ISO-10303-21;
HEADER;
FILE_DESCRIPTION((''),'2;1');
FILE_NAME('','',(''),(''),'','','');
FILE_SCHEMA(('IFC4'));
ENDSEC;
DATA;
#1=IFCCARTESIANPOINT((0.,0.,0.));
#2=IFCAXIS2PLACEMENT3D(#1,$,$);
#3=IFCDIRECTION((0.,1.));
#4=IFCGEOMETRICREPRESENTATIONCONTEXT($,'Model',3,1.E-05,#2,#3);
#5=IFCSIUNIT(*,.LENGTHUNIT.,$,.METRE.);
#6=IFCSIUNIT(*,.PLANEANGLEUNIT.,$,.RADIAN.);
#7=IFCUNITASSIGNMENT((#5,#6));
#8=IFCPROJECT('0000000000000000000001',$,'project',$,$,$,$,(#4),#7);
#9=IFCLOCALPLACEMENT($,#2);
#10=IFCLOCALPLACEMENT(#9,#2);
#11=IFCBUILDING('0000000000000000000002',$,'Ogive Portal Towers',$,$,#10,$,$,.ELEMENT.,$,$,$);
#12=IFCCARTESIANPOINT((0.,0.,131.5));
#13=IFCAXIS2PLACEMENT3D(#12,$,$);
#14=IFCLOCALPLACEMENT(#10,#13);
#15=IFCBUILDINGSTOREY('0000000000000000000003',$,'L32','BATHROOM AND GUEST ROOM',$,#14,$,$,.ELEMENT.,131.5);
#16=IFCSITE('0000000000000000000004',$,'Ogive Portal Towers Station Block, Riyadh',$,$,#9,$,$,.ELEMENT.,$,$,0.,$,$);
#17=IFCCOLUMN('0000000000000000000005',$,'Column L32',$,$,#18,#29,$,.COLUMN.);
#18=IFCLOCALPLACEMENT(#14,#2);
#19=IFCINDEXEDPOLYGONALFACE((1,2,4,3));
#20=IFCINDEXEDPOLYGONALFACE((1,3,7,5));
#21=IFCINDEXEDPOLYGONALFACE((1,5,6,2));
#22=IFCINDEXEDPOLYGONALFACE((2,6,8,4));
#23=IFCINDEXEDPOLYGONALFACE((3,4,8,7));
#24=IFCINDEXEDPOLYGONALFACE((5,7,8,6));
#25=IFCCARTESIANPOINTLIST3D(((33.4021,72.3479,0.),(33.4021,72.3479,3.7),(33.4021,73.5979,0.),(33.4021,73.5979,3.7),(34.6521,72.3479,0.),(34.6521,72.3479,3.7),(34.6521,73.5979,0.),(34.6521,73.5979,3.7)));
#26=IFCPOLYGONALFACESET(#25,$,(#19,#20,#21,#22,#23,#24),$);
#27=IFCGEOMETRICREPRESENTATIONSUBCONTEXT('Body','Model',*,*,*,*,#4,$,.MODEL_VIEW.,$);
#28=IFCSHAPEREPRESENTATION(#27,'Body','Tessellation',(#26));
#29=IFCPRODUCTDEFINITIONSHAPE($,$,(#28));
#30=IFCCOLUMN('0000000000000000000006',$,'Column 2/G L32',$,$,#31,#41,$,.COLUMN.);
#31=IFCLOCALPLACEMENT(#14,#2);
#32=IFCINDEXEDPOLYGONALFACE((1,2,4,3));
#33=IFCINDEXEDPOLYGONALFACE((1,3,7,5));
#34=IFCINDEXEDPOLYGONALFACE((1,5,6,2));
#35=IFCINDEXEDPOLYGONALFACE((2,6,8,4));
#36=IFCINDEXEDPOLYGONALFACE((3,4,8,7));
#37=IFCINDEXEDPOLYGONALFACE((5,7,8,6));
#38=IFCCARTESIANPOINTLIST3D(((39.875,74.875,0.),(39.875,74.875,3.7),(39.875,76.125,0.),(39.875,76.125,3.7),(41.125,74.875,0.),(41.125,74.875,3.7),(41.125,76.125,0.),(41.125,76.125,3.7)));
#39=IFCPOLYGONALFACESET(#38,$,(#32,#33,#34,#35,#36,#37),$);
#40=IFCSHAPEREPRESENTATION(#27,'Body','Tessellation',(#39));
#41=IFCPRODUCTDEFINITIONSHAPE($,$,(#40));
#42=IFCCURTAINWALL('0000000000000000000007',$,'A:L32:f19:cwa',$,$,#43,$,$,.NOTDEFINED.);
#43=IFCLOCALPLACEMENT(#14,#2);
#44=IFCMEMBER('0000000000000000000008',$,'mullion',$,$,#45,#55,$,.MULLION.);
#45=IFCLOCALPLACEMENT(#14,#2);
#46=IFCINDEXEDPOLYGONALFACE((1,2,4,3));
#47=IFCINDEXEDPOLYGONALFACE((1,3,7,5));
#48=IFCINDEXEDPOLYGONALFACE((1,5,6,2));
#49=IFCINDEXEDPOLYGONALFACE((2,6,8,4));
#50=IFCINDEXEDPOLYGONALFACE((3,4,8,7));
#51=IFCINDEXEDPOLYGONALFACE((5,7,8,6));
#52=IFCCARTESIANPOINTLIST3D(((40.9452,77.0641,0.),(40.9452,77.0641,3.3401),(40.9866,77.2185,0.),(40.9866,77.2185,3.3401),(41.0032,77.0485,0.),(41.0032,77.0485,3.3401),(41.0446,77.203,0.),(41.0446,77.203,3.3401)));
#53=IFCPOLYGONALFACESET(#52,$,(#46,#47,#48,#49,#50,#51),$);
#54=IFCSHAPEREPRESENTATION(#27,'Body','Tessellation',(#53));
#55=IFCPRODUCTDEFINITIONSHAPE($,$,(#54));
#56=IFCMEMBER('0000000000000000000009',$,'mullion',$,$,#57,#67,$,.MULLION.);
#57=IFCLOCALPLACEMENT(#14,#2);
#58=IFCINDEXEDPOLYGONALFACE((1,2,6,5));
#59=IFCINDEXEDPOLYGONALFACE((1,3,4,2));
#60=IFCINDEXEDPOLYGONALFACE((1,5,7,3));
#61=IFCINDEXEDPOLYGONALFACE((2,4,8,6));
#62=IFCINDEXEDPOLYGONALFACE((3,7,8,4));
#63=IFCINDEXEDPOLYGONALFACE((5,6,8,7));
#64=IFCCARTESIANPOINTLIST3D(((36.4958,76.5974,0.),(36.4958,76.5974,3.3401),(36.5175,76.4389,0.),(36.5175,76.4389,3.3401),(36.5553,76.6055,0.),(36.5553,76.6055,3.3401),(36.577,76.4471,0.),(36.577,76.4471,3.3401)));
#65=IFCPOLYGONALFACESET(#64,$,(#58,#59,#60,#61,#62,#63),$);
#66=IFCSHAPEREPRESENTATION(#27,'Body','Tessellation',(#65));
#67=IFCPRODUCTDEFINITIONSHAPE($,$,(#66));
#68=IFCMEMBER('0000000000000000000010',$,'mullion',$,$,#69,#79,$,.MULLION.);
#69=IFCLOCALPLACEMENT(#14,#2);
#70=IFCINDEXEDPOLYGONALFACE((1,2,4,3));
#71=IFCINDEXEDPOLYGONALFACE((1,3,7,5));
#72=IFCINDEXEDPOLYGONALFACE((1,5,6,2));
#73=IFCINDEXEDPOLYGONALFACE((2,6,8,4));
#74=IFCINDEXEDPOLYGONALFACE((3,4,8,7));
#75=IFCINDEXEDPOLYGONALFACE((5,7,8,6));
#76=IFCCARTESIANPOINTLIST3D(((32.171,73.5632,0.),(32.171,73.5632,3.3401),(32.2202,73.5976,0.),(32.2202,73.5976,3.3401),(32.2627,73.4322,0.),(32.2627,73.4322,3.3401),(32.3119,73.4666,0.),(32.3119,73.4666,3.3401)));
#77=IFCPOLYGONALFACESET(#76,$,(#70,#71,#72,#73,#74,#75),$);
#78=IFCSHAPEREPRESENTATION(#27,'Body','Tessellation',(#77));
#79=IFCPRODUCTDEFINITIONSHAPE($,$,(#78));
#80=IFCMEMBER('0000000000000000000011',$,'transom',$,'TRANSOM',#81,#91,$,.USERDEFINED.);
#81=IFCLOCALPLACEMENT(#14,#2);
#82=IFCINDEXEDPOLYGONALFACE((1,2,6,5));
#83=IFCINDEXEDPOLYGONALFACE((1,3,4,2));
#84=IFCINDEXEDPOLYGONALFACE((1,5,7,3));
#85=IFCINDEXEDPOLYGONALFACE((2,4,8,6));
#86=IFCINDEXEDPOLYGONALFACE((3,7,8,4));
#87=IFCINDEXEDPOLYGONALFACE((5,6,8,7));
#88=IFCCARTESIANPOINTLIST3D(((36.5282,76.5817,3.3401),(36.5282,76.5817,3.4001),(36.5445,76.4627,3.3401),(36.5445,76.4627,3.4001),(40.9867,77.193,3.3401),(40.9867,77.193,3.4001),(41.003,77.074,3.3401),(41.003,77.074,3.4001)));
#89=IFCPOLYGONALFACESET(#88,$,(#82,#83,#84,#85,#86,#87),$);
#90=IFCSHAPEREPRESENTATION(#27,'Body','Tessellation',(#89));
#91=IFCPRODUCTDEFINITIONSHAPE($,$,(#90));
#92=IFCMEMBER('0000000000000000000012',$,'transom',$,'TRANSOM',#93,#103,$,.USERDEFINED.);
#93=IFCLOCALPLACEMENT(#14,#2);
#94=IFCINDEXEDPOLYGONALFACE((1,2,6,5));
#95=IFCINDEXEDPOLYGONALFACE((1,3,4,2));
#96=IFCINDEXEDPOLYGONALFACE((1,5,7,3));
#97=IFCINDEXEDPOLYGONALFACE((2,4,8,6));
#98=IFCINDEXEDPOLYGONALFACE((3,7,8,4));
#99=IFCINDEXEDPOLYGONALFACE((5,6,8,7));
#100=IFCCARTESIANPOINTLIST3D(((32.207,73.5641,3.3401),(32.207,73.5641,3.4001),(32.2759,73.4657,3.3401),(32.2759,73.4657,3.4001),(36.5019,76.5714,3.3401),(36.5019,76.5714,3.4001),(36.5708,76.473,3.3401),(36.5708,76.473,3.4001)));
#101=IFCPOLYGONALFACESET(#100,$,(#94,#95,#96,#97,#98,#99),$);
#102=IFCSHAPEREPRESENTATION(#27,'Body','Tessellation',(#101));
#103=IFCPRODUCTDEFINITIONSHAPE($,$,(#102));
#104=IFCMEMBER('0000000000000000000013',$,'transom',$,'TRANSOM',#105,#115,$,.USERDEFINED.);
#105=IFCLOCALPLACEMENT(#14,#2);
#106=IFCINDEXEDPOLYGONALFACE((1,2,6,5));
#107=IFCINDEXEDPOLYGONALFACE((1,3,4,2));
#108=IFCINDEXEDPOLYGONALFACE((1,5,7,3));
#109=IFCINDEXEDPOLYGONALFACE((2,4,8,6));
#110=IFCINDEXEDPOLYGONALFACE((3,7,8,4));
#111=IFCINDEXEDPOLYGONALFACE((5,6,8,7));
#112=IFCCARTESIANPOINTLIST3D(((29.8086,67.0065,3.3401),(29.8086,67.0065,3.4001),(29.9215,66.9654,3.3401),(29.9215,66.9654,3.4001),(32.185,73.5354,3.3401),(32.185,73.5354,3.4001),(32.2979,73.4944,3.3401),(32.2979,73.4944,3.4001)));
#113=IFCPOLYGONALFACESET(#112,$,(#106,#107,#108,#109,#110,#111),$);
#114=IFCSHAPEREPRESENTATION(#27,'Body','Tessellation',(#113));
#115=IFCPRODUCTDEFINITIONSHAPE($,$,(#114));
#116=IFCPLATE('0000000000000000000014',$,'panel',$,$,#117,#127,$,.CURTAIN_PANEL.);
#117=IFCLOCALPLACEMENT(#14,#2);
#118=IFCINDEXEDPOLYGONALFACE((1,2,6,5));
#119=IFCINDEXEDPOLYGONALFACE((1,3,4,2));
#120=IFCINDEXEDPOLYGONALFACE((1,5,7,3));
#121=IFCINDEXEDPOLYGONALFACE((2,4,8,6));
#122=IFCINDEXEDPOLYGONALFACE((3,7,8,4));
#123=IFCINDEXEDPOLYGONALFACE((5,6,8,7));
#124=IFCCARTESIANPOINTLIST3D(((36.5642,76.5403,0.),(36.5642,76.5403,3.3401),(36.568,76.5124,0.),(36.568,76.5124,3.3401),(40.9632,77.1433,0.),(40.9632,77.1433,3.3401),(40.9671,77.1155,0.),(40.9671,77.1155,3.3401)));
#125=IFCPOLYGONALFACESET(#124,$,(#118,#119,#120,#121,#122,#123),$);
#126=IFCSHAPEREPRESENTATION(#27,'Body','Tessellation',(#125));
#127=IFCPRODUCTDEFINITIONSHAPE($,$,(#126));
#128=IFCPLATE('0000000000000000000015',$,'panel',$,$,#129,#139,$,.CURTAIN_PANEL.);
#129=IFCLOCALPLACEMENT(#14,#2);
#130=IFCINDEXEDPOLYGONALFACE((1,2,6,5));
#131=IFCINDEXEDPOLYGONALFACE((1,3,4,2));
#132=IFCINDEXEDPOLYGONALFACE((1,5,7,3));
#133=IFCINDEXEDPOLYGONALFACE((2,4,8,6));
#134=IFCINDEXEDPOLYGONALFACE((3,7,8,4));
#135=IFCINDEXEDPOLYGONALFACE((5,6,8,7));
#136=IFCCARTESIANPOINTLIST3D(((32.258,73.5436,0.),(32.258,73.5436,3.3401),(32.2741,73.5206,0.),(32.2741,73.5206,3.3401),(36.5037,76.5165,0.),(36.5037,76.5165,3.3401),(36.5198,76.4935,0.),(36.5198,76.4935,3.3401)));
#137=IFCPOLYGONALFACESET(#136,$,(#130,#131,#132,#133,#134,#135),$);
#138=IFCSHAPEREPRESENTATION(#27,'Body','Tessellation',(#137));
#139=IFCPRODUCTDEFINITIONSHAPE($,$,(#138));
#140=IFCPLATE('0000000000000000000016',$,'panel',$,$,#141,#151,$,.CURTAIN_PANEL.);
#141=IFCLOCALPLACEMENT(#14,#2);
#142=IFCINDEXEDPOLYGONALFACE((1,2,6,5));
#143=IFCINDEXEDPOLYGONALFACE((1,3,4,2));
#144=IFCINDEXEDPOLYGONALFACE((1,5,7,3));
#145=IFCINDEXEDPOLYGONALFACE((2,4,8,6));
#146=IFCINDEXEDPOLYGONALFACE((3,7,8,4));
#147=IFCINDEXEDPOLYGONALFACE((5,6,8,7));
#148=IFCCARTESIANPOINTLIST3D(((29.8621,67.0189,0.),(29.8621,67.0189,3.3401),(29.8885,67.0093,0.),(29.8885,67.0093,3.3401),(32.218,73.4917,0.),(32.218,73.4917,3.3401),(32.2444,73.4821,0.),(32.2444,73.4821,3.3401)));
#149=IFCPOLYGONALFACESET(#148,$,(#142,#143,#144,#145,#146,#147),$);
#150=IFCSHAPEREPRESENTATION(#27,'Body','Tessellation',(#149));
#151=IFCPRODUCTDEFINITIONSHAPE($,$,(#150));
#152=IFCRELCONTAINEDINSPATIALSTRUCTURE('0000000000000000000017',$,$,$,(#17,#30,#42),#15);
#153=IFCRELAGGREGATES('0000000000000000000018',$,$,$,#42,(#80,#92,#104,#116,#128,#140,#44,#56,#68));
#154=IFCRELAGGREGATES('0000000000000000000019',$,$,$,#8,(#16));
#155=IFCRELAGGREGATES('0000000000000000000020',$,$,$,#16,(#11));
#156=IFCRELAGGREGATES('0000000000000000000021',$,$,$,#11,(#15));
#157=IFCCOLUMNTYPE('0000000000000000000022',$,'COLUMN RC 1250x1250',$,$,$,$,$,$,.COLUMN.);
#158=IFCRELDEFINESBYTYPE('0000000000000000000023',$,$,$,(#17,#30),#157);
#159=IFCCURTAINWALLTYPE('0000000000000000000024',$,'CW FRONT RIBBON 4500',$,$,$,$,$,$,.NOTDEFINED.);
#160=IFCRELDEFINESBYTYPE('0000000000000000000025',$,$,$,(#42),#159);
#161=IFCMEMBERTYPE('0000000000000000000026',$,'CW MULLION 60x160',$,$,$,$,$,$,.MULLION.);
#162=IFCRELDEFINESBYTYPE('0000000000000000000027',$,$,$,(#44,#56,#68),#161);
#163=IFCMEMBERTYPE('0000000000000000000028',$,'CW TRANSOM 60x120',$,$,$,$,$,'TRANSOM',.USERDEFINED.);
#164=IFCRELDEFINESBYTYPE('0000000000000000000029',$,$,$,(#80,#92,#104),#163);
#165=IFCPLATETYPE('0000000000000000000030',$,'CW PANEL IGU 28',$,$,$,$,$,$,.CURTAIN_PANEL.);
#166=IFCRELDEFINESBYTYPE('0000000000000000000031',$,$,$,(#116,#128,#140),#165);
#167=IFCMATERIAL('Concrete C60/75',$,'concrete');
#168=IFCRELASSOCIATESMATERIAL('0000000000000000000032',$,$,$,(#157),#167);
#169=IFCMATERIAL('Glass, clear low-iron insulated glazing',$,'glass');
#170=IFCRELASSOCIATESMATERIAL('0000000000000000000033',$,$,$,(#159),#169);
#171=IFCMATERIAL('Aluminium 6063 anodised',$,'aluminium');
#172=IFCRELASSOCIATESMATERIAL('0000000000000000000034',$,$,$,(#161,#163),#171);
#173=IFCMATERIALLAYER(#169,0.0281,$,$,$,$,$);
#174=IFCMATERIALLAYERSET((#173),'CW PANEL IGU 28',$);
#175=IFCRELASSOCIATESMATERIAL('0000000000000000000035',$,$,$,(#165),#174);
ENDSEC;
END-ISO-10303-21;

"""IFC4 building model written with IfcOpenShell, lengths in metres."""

from ifc_helpers import new_model, si_unit, direction, frame, origin, origin_2d, place, context, subcontext, project, spatial, rectangle, extrude, material, layer, layer_set, material_profile, profile_set, type_object, element, aggregate, save


model = new_model("IFC4")

# Units and contexts
model_context = context("Model", 3, precision=1e-05, world=origin(), true_north=direction((0.0, 1.0)))
body_context = subcontext(model_context, "Body", "Model", "MODEL_VIEW")
ifc_project = project(units=[si_unit("LENGTHUNIT", "METRE"), si_unit("PLANEANGLEUNIT", "RADIAN")], contexts=[model_context])

# Site, building, storey
site_placement = place(None, origin())
site = spatial("IfcSite", under=ifc_project, at=site_placement, Name="Ogive Portal Towers Station Block, Riyadh", CompositionType="ELEMENT", RefElevation=0.0)
building_placement = place(site_placement, origin())
building = spatial("IfcBuilding", under=site, at=building_placement, Name="Ogive Portal Towers", CompositionType="ELEMENT")
storey_placement = place(building_placement, frame((0.0, 0.0, 131.5)))
storey = spatial("IfcBuildingStorey", under=building, at=storey_placement, Name="L32", Description="BATHROOM AND GUEST ROOM", CompositionType="ELEMENT", Elevation=131.5)

# Columns
ifc_material_1 = material(Name="Concrete C60/75", Category="concrete")
ifc_material_profile_1 = material_profile(ifc_material_1, rectangle(XDim=1.25, YDim=1.25, at=origin_2d()), Name="RC 1250x1250")
ifc_profile_set_1 = profile_set([ifc_material_profile_1], Name="Concrete C60/75")
column_type = type_object("IfcColumnType", Name="COLUMN RC 1250x1250", PredefinedType="COLUMN", material=ifc_profile_set_1)
for number, where, z_axis, x_axis, name in (
    (1, (34.0271, 72.9729, 0.0), (0.0, 0.0, 1.0), (1.0, 0.0, 0.0), "Column L32"),
    (2, (40.5, 75.5, 0.0), (0.0, 0.0, 1.0), (1.0, 0.0, 0.0), "Column 2/G L32"),
):
    element("IfcColumn", number, at=place(storey_placement, frame(where, z_axis=z_axis, x_axis=x_axis)), inside=storey, type_object=column_type, Name=name, PredefinedType="COLUMN", context=body_context, shape_type="SweptSolid", body=[
        extrude(rectangle(XDim=1.25, YDim=1.25, at=origin_2d()), origin(), (0.0, 0.0, 1.0), 3.7),
    ])

# Curtain wall, members, plates
ifc_material_2 = material(Name="Glass, clear low-iron insulated glazing", Category="glass")
curtain_wall_type = type_object("IfcCurtainWallType", Name="CW FRONT RIBBON 4500", PredefinedType="NOTDEFINED", material=ifc_material_2)
curtain_wall_placement = place(storey_placement, origin())
curtain_wall = element("IfcCurtainWall", 3, at=curtain_wall_placement, inside=storey, type_object=curtain_wall_type, Name="A:L32:f19:cwa", PredefinedType="NOTDEFINED")
ifc_material_3 = material(Name="Aluminium 6063 anodised", Category="aluminium")
ifc_material_profile_2 = material_profile(ifc_material_3, rectangle(XDim=0.1599, YDim=0.0601, at=origin_2d()), Name="AL 60x160")
ifc_profile_set_2 = profile_set([ifc_material_profile_2], Name="Aluminium 6063 anodised")
member_type_1 = type_object("IfcMemberType", Name="CW MULLION 60x160", PredefinedType="MULLION", material=ifc_profile_set_2)
member_1_placement = place(storey_placement, frame((40.9949, 77.1335, 0.0), z_axis=(0.0, 0.0, 1.0), x_axis=(-0.258819, -0.965926, 0.0)))
member_1 = element("IfcMember", 4, at=member_1_placement, type_object=member_type_1, Name="mullion", PredefinedType="MULLION", context=body_context, shape_type="SweptSolid", body=[
    extrude(rectangle(XDim=0.1599, YDim=0.0601, at=origin_2d()), origin(), (0.0, 0.0, 1.0), 3.3401),
])
member_2_placement = place(storey_placement, frame((36.5364, 76.5222, 0.0), z_axis=(0.0, 0.0, 1.0), x_axis=(0.135818, -0.990734, 0.0)))
member_2 = element("IfcMember", 5, at=member_2_placement, type_object=member_type_1, Name="mullion", PredefinedType="MULLION", context=body_context, shape_type="SweptSolid", body=[
    extrude(rectangle(XDim=0.1599, YDim=0.0601, at=origin_2d()), origin(), (0.0, 0.0, 1.0), 3.3401),
])
member_3_placement = place(storey_placement, frame((32.2415, 73.5149, 0.0), z_axis=(0.0, 0.0, 1.0), x_axis=(0.573576, -0.819152, 0.0)))
member_3 = element("IfcMember", 6, at=member_3_placement, type_object=member_type_1, Name="mullion", PredefinedType="MULLION", context=body_context, shape_type="SweptSolid", body=[
    extrude(rectangle(XDim=0.1599, YDim=0.0601, at=origin_2d()), origin(), (0.0, 0.0, 1.0), 3.3401),
])
ifc_material_profile_3 = material_profile(ifc_material_3, rectangle(XDim=0.1201, YDim=0.0601, at=origin_2d()), Name="AL 120x60")
ifc_profile_set_3 = profile_set([ifc_material_profile_3], Name="Aluminium 6063 anodised")
member_type_2 = type_object("IfcMemberType", Name="CW TRANSOM 60x120", ElementType="TRANSOM", PredefinedType="USERDEFINED", material=ifc_profile_set_3)
member_4_placement = place(storey_placement, frame((40.9949, 77.1335, 3.3701), z_axis=(-0.99073, -0.135844, 0.0), x_axis=(0.135844, -0.99073, 0.0)))
member_4 = element("IfcMember", 7, at=member_4_placement, type_object=member_type_2, Name="transom", ObjectType="TRANSOM", PredefinedType="USERDEFINED", context=body_context, shape_type="SweptSolid", body=[
    extrude(rectangle(XDim=0.1201, YDim=0.0601, at=origin_2d()), origin(), (0.0, 0.0, 1.0), 4.5002),
])
member_5_placement = place(storey_placement, frame((36.5364, 76.5222, 3.3701), z_axis=(-0.819153, -0.573575, 0.0), x_axis=(0.573575, -0.819153, 0.0)))
member_5 = element("IfcMember", 8, at=member_5_placement, type_object=member_type_2, Name="transom", ObjectType="TRANSOM", PredefinedType="USERDEFINED", context=body_context, shape_type="SweptSolid", body=[
    extrude(rectangle(XDim=0.1201, YDim=0.0601, at=origin_2d()), origin(), (0.0, 0.0, 1.0), 5.2432),
])
member_6_placement = place(storey_placement, frame((32.2415, 73.5149, 3.3701), z_axis=(-0.342031, -0.939689, 0.0), x_axis=(0.939689, -0.342031, 0.0)))
member_6 = element("IfcMember", 9, at=member_6_placement, type_object=member_type_2, Name="transom", ObjectType="TRANSOM", PredefinedType="USERDEFINED", context=body_context, shape_type="SweptSolid", body=[
    extrude(rectangle(XDim=0.1201, YDim=0.0601, at=origin_2d()), origin(), (0.0, 0.0, 1.0), 6.948),
])
ifc_layer_1 = layer(ifc_material_2, 0.0281)
ifc_layer_set_1 = layer_set([ifc_layer_1], Name="CW PANEL IGU 28")
plate_type = type_object("IfcPlateType", Name="CW PANEL IGU 28", PredefinedType="CURTAIN_PANEL", material=ifc_layer_set_1)
plate_1_placement = place(storey_placement, frame((38.7656, 76.8279, 0.0), z_axis=(0.0, 0.0, 1.0), x_axis=(-0.990734, -0.135818, 0.0)))
plate_1 = element("IfcPlate", 10, at=plate_1_placement, type_object=plate_type, Name="panel", PredefinedType="CURTAIN_PANEL", context=body_context, shape_type="SweptSolid", body=[
    extrude(rectangle(XDim=4.4402, YDim=0.0281, at=origin_2d()), origin(), (0.0, 0.0, 1.0), 3.3401),
])
plate_2_placement = place(storey_placement, frame((34.3889, 75.0186, 0.0), z_axis=(0.0, 0.0, 1.0), x_axis=(-0.819152, -0.573576, 0.0)))
plate_2 = element("IfcPlate", 11, at=plate_2_placement, type_object=plate_type, Name="panel", PredefinedType="CURTAIN_PANEL", context=body_context, shape_type="SweptSolid", body=[
    extrude(rectangle(XDim=5.1831, YDim=0.0281, at=origin_2d()), origin(), (0.0, 0.0, 1.0), 3.3401),
])
plate_3_placement = place(storey_placement, frame((31.0532, 70.2505, 0.0), z_axis=(0.0, 0.0, 1.0), x_axis=(-0.34202, -0.939693, 0.0)))
plate_3 = element("IfcPlate", 12, at=plate_3_placement, type_object=plate_type, Name="panel", PredefinedType="CURTAIN_PANEL", context=body_context, shape_type="SweptSolid", body=[
    extrude(rectangle(XDim=6.8882, YDim=0.0281, at=origin_2d()), origin(), (0.0, 0.0, 1.0), 3.3401),
])
aggregate(curtain_wall, [member_4, member_5, member_6, plate_1, plate_2, plate_3, member_1, member_2, member_3])

save(model, "model.ifc")
